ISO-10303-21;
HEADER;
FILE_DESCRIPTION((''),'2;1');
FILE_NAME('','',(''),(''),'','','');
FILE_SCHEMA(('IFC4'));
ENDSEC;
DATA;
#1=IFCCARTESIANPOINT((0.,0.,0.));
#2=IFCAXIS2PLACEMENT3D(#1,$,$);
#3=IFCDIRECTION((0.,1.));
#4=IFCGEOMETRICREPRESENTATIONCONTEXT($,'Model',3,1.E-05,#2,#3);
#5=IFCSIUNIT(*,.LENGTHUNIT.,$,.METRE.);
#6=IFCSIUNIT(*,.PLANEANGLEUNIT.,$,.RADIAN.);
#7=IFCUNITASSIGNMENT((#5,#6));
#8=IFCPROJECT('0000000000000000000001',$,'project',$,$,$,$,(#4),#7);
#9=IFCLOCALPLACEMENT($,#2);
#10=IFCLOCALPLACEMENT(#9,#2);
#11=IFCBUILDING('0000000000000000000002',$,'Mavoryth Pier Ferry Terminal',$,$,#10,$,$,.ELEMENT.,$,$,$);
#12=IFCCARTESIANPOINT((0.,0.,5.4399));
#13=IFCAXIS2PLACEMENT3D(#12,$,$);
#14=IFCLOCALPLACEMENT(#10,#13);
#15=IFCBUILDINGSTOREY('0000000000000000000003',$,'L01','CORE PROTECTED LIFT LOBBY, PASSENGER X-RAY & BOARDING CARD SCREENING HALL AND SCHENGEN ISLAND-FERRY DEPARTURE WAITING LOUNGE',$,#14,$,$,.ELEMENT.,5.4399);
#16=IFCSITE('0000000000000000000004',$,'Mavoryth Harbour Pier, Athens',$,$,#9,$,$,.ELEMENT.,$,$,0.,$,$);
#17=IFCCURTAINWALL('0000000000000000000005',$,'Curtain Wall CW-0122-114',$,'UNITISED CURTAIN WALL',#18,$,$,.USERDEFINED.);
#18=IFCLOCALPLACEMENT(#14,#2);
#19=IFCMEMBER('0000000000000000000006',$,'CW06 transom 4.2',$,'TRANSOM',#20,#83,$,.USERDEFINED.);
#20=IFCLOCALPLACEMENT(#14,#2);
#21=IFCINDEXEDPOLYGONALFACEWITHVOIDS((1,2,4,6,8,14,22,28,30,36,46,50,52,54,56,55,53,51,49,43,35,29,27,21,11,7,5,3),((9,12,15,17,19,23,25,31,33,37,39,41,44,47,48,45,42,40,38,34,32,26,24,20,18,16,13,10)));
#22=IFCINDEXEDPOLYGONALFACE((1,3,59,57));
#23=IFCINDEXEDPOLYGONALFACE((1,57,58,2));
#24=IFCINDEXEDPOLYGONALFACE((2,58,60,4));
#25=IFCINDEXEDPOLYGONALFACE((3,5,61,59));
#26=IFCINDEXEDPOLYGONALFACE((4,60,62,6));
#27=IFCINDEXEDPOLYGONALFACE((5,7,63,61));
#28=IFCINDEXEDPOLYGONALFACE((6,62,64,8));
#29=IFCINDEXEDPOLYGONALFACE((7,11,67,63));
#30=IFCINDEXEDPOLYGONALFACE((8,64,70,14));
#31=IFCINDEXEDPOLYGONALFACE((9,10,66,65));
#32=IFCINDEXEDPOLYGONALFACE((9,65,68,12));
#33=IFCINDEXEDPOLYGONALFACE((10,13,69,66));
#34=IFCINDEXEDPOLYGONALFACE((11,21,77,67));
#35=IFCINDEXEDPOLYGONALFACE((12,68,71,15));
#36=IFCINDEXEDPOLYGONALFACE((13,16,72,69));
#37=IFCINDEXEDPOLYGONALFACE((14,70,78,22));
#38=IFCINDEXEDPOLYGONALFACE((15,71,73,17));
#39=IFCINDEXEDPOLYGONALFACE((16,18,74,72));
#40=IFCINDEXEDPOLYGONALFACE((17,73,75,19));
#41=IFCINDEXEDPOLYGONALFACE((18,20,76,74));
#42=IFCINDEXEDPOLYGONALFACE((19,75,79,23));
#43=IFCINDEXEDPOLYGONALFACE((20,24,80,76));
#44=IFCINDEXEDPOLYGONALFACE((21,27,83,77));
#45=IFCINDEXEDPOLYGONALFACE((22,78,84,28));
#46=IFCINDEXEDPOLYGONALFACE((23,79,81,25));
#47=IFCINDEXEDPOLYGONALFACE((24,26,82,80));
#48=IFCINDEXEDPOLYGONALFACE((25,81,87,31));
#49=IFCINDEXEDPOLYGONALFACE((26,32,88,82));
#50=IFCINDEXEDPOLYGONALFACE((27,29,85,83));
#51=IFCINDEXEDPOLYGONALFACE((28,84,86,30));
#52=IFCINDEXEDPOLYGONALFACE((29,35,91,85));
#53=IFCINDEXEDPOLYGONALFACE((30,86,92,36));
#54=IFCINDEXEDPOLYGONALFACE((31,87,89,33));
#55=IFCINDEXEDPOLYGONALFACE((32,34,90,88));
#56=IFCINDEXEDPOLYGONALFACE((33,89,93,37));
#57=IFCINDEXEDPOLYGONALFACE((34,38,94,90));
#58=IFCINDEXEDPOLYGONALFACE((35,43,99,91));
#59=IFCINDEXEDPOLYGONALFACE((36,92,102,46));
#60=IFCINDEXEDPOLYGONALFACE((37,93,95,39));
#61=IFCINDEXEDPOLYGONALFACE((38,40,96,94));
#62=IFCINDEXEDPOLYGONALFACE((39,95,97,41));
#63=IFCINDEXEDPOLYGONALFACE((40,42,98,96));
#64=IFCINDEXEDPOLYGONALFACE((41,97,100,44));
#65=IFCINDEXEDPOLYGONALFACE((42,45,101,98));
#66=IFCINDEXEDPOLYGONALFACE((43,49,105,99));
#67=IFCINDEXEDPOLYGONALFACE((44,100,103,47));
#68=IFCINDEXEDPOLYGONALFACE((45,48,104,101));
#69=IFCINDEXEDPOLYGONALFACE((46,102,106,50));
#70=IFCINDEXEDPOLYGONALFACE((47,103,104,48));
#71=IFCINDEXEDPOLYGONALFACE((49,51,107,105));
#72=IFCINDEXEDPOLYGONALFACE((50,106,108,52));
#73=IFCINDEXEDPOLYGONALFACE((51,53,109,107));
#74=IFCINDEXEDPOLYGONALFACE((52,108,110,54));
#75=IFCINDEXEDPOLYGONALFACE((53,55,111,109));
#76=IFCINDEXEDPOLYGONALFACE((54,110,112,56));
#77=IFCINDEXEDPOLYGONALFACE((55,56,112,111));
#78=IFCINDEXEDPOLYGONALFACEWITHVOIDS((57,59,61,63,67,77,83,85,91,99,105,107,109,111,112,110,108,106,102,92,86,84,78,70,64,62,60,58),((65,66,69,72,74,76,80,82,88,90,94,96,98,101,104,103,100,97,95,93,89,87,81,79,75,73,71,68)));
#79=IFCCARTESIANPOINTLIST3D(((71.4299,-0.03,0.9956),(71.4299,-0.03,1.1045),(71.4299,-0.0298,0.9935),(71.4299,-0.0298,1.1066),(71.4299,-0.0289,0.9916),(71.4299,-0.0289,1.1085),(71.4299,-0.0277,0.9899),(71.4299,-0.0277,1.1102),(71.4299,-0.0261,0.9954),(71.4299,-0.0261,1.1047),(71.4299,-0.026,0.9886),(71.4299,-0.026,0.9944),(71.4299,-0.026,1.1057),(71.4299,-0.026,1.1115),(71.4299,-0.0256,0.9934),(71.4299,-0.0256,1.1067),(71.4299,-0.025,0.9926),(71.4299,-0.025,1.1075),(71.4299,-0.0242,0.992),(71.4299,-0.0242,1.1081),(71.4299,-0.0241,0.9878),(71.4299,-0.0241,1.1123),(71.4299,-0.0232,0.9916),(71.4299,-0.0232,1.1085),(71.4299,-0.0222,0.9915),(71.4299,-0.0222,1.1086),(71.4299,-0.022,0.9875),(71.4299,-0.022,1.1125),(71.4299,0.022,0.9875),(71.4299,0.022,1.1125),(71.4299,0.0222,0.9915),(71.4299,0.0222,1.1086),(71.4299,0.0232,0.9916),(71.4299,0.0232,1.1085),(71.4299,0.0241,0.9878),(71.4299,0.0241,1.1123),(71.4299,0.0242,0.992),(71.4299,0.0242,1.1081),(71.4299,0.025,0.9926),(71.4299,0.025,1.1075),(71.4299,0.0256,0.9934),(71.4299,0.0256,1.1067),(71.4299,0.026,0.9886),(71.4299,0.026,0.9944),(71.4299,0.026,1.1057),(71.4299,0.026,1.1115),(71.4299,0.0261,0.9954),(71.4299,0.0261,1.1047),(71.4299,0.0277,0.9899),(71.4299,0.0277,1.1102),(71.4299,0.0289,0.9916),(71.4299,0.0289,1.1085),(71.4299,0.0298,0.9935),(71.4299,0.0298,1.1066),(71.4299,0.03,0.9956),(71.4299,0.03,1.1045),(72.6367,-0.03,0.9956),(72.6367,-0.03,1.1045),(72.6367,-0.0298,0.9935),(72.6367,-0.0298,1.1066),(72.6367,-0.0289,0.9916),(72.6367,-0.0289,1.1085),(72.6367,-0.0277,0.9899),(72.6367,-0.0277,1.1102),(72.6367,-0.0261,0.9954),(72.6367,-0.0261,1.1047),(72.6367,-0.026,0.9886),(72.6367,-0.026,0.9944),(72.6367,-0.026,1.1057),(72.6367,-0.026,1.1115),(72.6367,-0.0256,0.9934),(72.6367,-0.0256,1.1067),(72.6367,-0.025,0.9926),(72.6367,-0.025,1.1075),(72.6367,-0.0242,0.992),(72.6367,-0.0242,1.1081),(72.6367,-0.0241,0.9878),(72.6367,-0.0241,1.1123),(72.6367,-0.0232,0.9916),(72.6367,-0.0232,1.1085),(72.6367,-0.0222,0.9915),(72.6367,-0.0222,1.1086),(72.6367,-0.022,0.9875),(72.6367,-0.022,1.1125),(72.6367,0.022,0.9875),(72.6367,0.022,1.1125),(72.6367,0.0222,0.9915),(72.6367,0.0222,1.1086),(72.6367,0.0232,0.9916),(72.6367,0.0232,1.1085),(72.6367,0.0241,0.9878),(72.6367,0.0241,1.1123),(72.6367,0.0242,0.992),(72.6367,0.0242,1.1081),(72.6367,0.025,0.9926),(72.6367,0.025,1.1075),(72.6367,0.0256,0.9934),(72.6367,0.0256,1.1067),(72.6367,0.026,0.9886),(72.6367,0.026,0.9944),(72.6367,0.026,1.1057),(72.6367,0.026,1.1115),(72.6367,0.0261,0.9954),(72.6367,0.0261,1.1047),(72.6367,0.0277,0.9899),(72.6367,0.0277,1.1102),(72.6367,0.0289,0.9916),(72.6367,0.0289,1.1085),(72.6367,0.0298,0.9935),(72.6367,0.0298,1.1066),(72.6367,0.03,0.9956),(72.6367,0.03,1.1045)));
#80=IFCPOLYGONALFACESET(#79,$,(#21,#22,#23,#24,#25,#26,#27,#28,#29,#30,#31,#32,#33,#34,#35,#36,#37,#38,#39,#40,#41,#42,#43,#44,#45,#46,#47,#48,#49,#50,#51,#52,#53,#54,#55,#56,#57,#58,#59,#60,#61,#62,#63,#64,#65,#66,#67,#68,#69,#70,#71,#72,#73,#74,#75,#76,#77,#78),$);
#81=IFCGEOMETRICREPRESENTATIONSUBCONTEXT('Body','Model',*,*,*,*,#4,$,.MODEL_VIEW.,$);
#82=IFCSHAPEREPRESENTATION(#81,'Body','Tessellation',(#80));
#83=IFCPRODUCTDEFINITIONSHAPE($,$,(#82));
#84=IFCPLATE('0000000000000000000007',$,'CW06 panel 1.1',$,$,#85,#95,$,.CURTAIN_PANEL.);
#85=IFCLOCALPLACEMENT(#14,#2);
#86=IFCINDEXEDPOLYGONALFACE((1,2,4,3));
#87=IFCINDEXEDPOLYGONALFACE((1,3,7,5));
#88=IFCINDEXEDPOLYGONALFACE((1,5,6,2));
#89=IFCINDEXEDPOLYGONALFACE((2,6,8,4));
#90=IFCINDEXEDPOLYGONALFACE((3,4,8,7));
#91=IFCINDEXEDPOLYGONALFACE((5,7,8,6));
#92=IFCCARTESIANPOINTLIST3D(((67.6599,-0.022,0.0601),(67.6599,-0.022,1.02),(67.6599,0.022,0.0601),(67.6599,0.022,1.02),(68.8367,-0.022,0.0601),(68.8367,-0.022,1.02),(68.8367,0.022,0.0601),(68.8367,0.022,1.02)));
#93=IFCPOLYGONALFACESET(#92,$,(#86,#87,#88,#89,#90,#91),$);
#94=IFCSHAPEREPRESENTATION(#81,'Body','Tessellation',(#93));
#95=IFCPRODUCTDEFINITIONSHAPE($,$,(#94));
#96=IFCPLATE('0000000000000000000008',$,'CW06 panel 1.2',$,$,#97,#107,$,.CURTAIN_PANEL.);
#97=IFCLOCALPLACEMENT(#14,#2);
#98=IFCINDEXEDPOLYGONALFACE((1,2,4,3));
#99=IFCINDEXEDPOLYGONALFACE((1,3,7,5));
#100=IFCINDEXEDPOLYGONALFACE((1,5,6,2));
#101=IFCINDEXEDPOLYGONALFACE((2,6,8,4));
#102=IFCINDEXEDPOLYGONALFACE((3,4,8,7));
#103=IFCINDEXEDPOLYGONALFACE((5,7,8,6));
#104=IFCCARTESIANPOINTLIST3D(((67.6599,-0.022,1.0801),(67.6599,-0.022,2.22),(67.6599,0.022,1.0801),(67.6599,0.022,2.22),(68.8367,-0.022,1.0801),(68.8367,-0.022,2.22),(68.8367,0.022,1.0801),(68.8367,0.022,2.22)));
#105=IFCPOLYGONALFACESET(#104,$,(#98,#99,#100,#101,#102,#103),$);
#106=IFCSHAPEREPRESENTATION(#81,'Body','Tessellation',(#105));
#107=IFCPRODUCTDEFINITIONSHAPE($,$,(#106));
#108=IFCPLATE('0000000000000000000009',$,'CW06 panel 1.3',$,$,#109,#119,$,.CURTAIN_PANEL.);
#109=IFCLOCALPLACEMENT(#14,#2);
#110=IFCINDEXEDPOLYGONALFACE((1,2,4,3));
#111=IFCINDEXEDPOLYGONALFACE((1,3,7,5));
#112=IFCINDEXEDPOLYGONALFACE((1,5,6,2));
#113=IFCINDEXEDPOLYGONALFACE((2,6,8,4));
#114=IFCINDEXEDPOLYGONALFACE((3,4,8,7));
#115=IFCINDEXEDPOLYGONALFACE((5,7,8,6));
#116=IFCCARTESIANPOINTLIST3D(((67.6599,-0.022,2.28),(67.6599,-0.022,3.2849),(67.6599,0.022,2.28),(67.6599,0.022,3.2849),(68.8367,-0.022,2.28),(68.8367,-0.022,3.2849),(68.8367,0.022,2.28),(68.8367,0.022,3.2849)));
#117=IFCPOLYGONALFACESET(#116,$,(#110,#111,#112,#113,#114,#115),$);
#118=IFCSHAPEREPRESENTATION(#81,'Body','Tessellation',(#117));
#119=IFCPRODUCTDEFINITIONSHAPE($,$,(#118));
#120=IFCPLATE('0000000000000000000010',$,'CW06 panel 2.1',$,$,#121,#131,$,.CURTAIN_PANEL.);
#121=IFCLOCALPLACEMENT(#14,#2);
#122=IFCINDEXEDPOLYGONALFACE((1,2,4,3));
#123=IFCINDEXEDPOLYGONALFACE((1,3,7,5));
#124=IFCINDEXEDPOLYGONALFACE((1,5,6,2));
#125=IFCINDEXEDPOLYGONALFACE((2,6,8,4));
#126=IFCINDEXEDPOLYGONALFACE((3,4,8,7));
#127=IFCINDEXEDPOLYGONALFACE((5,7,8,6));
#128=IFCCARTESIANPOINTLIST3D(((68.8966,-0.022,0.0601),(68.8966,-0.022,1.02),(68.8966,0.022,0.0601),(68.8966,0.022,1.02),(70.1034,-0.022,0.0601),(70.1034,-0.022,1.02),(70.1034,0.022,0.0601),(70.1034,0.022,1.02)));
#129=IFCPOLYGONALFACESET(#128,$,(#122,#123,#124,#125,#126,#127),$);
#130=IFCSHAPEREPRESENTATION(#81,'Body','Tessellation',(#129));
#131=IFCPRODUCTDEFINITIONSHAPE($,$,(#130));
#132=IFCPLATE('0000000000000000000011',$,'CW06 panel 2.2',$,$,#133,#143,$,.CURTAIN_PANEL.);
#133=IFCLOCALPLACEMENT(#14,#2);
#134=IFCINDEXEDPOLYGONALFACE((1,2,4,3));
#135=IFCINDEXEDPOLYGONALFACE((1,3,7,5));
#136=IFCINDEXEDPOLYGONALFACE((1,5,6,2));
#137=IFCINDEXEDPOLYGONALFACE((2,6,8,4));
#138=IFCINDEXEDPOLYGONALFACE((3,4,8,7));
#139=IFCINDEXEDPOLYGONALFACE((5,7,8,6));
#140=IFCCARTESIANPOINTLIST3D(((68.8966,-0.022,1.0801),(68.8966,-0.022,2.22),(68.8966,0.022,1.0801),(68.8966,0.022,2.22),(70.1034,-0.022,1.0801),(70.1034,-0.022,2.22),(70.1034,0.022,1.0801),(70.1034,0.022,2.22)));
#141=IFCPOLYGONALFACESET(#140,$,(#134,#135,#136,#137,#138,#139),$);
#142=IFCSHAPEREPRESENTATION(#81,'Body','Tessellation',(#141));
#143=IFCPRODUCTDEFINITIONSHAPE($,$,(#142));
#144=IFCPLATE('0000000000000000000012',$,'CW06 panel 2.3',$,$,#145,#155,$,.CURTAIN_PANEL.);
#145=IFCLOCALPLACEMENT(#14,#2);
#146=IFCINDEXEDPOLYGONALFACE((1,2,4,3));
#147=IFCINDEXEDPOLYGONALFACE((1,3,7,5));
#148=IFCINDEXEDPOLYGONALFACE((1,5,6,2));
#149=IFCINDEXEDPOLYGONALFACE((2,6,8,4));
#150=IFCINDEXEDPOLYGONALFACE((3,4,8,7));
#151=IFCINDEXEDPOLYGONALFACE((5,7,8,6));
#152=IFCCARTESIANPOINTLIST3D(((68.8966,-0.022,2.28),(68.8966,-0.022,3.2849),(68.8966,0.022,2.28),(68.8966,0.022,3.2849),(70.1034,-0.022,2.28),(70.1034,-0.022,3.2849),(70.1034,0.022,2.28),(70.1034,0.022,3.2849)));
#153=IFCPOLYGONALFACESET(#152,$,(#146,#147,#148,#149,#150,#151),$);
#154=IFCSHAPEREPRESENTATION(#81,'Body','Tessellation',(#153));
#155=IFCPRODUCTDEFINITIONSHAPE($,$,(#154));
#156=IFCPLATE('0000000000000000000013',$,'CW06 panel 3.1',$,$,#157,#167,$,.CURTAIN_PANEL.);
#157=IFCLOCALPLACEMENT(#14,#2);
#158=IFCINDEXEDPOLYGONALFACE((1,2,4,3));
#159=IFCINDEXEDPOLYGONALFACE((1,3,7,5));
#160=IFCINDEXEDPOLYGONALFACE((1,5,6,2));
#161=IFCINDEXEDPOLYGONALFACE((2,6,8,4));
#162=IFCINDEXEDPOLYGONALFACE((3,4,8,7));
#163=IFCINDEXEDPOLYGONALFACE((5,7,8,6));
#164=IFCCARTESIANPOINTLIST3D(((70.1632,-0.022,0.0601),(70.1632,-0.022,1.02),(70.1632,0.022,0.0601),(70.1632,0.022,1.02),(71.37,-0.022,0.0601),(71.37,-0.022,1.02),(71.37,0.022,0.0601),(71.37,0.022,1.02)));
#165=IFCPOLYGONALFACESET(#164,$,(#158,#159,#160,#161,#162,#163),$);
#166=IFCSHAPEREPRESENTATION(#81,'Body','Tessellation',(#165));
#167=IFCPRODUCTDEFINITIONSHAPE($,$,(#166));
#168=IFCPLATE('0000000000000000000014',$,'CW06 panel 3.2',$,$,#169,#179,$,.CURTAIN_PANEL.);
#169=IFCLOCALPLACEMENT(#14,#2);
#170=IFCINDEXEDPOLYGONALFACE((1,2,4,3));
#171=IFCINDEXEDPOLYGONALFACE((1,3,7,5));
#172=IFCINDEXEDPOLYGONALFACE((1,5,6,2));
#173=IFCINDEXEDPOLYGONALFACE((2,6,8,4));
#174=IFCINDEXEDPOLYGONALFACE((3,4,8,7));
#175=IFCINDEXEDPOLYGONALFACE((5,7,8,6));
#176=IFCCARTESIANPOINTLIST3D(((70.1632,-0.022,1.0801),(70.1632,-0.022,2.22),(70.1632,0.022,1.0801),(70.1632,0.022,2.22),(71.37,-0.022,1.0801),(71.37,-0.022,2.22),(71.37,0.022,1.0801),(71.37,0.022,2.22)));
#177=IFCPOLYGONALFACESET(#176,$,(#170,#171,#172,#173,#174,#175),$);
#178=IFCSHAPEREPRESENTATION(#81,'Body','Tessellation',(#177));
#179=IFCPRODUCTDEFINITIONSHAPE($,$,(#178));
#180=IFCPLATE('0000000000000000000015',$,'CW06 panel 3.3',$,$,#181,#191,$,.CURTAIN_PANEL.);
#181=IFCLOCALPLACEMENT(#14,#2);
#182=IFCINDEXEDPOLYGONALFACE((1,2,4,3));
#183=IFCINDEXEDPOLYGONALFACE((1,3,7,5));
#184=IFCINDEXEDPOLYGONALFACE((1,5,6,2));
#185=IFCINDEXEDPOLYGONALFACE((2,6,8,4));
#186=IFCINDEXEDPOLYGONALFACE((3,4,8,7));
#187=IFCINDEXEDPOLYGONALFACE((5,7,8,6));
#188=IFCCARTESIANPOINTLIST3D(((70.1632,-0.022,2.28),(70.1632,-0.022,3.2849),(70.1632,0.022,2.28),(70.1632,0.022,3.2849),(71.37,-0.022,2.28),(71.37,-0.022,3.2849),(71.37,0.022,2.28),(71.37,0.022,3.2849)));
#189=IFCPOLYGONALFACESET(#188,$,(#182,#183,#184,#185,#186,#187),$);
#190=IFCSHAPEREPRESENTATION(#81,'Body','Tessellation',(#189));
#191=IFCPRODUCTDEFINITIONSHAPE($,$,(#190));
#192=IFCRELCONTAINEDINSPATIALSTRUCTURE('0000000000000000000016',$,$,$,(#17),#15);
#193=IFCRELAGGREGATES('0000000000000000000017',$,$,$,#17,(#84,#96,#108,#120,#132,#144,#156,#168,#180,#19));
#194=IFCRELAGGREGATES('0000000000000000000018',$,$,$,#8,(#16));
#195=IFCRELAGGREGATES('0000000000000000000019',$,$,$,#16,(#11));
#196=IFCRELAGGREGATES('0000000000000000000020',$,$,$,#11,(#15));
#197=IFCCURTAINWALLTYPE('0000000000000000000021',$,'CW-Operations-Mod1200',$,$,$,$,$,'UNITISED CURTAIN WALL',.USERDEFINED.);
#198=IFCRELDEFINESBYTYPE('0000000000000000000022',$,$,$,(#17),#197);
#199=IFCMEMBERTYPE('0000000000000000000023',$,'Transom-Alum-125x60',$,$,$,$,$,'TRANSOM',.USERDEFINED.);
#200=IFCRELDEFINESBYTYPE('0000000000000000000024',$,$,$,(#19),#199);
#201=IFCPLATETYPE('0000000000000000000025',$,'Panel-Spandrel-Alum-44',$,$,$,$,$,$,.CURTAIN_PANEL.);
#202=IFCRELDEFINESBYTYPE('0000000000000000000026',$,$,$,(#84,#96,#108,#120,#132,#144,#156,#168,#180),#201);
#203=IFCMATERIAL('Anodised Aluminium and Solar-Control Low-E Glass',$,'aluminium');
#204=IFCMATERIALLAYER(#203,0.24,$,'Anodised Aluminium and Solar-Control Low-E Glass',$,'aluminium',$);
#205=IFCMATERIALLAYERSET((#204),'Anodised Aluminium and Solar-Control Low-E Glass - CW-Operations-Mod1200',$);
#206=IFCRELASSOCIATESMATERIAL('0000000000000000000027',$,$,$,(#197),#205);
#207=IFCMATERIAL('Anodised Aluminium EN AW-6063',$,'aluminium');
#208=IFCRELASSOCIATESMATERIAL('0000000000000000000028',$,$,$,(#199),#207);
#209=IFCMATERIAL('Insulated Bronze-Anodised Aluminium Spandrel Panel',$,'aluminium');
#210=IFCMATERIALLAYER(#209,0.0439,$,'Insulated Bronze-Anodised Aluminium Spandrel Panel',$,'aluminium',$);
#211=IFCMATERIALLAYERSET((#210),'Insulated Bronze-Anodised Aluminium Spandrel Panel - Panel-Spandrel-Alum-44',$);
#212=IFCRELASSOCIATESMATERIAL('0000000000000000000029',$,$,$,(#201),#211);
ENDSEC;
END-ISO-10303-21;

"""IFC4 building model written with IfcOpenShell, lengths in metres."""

from ifc_helpers import new_model, si_unit, direction, frame, origin, origin_2d, place, context, subcontext, project, spatial, rectangle, hollow_rectangle, extrude, material, layer, layer_set, material_profile, profile_set, type_object, element, aggregate, save


model = new_model("IFC4")

# Units and contexts
model_context = context("Model", 3, precision=1e-05, world=origin(), true_north=direction((0.0, 1.0)))
body_context = subcontext(model_context, "Body", "Model", "MODEL_VIEW")
ifc_project = project(units=[si_unit("LENGTHUNIT", "METRE"), si_unit("PLANEANGLEUNIT", "RADIAN")], contexts=[model_context])

# Site, building, storey
site_placement = place(None, origin())
site = spatial("IfcSite", under=ifc_project, at=site_placement, Name="Mavoryth Harbour Pier, Athens", CompositionType="ELEMENT", RefElevation=0.0)
building_placement = place(site_placement, origin())
building = spatial("IfcBuilding", under=site, at=building_placement, Name="Mavoryth Pier Ferry Terminal", CompositionType="ELEMENT")
storey_placement = place(building_placement, frame((0.0, 0.0, 5.4399)))
storey = spatial("IfcBuildingStorey", under=building, at=storey_placement, Name="L01", Description="CORE PROTECTED LIFT LOBBY, PASSENGER X-RAY & BOARDING CARD SCREENING HALL AND SCHENGEN ISLAND-FERRY DEPARTURE WAITING LOUNGE", CompositionType="ELEMENT", Elevation=5.4399)

# Curtain wall
ifc_material_1 = material(Name="Anodised Aluminium and Solar-Control Low-E Glass", Category="aluminium")
ifc_layer_1 = layer(ifc_material_1, 0.24, Name="Anodised Aluminium and Solar-Control Low-E Glass", Category="aluminium")
ifc_layer_set_1 = layer_set([ifc_layer_1], Name="Anodised Aluminium and Solar-Control Low-E Glass - CW-Operations-Mod1200")
curtain_wall_type = type_object("IfcCurtainWallType", Name="CW-Operations-Mod1200", ElementType="UNITISED CURTAIN WALL", PredefinedType="USERDEFINED", material=ifc_layer_set_1)
curtain_wall_placement = place(storey_placement, origin())
curtain_wall = element("IfcCurtainWall", 1, at=curtain_wall_placement, inside=storey, type_object=curtain_wall_type, Name="Curtain Wall CW-0122-114", ObjectType="UNITISED CURTAIN WALL", PredefinedType="USERDEFINED")
ifc_material_2 = material(Name="Anodised Aluminium EN AW-6063", Category="aluminium")

# Member
ifc_material_profile_1 = material_profile(ifc_material_2, hollow_rectangle(XDim=0.0601, YDim=0.125, WallThickness=0.0039, InnerFilletRadius=0.0039, OuterFilletRadius=0.0081, at=origin_2d()), Name="AL-TRAN 125x60x4", Category="aluminium")
ifc_profile_set_1 = profile_set([ifc_material_profile_1], Name="Anodised Aluminium EN AW-6063 - AL-TRAN 125x60x4")
member_type_1 = type_object("IfcMemberType", Name="Transom-Alum-125x60", ElementType="TRANSOM", PredefinedType="USERDEFINED", material=ifc_profile_set_1)
member_1_placement = place(storey_placement, frame((71.4299, 0.0, 1.05), z_axis=(1.0, 0.0, 0.0), x_axis=(0.0, 1.0, 0.0)))
member_1 = element("IfcMember", 2, at=member_1_placement, type_object=member_type_1, Name="CW06 transom 4.2", ObjectType="TRANSOM", PredefinedType="USERDEFINED", context=body_context, shape_type="SweptSolid", body=[
    extrude(hollow_rectangle(XDim=0.0601, YDim=0.125, WallThickness=0.0039, InnerFilletRadius=0.0039, OuterFilletRadius=0.0081, at=origin_2d()), origin(), (0.0, 0.0, 1.0), 1.2068),
])

# Plates
ifc_material_3 = material(Name="Insulated Bronze-Anodised Aluminium Spandrel Panel", Category="aluminium")
ifc_layer_2 = layer(ifc_material_3, 0.0439, Name="Insulated Bronze-Anodised Aluminium Spandrel Panel", Category="aluminium")
ifc_layer_set_2 = layer_set([ifc_layer_2], Name="Insulated Bronze-Anodised Aluminium Spandrel Panel - Panel-Spandrel-Alum-44")
plate_type = type_object("IfcPlateType", Name="Panel-Spandrel-Alum-44", PredefinedType="CURTAIN_PANEL", material=ifc_layer_set_2)
plate_1_placement = place(storey_placement, frame((68.2483, 0.0, 0.0601), z_axis=(0.0, 0.0, 1.0), x_axis=(1.0, 0.0, 0.0)))
plate_1 = element("IfcPlate", 3, at=plate_1_placement, type_object=plate_type, Name="CW06 panel 1.1", PredefinedType="CURTAIN_PANEL", context=body_context, shape_type="SweptSolid", body=[
    extrude(rectangle(XDim=1.1768, YDim=0.0439, at=origin_2d()), origin(), (0.0, 0.0, 1.0), 0.96),
])
plate_2_placement = place(storey_placement, frame((68.2483, 0.0, 1.0801), z_axis=(0.0, 0.0, 1.0), x_axis=(1.0, 0.0, 0.0)))
plate_2 = element("IfcPlate", 4, at=plate_2_placement, type_object=plate_type, Name="CW06 panel 1.2", PredefinedType="CURTAIN_PANEL", context=body_context, shape_type="SweptSolid", body=[
    extrude(rectangle(XDim=1.1768, YDim=0.0439, at=origin_2d()), origin(), (0.0, 0.0, 1.0), 1.1399),
])
plate_3_placement = place(storey_placement, frame((68.2483, 0.0, 2.28), z_axis=(0.0, 0.0, 1.0), x_axis=(1.0, 0.0, 0.0)))
plate_3 = element("IfcPlate", 5, at=plate_3_placement, type_object=plate_type, Name="CW06 panel 1.3", PredefinedType="CURTAIN_PANEL", context=body_context, shape_type="SweptSolid", body=[
    extrude(rectangle(XDim=1.1768, YDim=0.0439, at=origin_2d()), origin(), (0.0, 0.0, 1.0), 1.0049),
])
plate_4_placement = place(storey_placement, frame((69.5, 0.0, 0.0601), z_axis=(0.0, 0.0, 1.0), x_axis=(1.0, 0.0, 0.0)))
plate_4 = element("IfcPlate", 6, at=plate_4_placement, type_object=plate_type, Name="CW06 panel 2.1", PredefinedType="CURTAIN_PANEL", context=body_context, shape_type="SweptSolid", body=[
    extrude(rectangle(XDim=1.2068, YDim=0.0439, at=origin_2d()), origin(), (0.0, 0.0, 1.0), 0.96),
])
plate_5_placement = place(storey_placement, frame((69.5, 0.0, 1.0801), z_axis=(0.0, 0.0, 1.0), x_axis=(1.0, 0.0, 0.0)))
plate_5 = element("IfcPlate", 7, at=plate_5_placement, type_object=plate_type, Name="CW06 panel 2.2", PredefinedType="CURTAIN_PANEL", context=body_context, shape_type="SweptSolid", body=[
    extrude(rectangle(XDim=1.2068, YDim=0.0439, at=origin_2d()), origin(), (0.0, 0.0, 1.0), 1.1399),
])
plate_6_placement = place(storey_placement, frame((69.5, 0.0, 2.28), z_axis=(0.0, 0.0, 1.0), x_axis=(1.0, 0.0, 0.0)))
plate_6 = element("IfcPlate", 8, at=plate_6_placement, type_object=plate_type, Name="CW06 panel 2.3", PredefinedType="CURTAIN_PANEL", context=body_context, shape_type="SweptSolid", body=[
    extrude(rectangle(XDim=1.2068, YDim=0.0439, at=origin_2d()), origin(), (0.0, 0.0, 1.0), 1.0049),
])
plate_7_placement = place(storey_placement, frame((70.7666, 0.0, 0.0601), z_axis=(0.0, 0.0, 1.0), x_axis=(1.0, 0.0, 0.0)))
plate_7 = element("IfcPlate", 9, at=plate_7_placement, type_object=plate_type, Name="CW06 panel 3.1", PredefinedType="CURTAIN_PANEL", context=body_context, shape_type="SweptSolid", body=[
    extrude(rectangle(XDim=1.2068, YDim=0.0439, at=origin_2d()), origin(), (0.0, 0.0, 1.0), 0.96),
])
plate_8_placement = place(storey_placement, frame((70.7666, 0.0, 1.0801), z_axis=(0.0, 0.0, 1.0), x_axis=(1.0, 0.0, 0.0)))
plate_8 = element("IfcPlate", 10, at=plate_8_placement, type_object=plate_type, Name="CW06 panel 3.2", PredefinedType="CURTAIN_PANEL", context=body_context, shape_type="SweptSolid", body=[
    extrude(rectangle(XDim=1.2068, YDim=0.0439, at=origin_2d()), origin(), (0.0, 0.0, 1.0), 1.1399),
])
plate_9_placement = place(storey_placement, frame((70.7666, 0.0, 2.28), z_axis=(0.0, 0.0, 1.0), x_axis=(1.0, 0.0, 0.0)))
plate_9 = element("IfcPlate", 11, at=plate_9_placement, type_object=plate_type, Name="CW06 panel 3.3", PredefinedType="CURTAIN_PANEL", context=body_context, shape_type="SweptSolid", body=[
    extrude(rectangle(XDim=1.2068, YDim=0.0439, at=origin_2d()), origin(), (0.0, 0.0, 1.0), 1.0049),
])
aggregate(curtain_wall, [plate_1, plate_2, plate_3, plate_4, plate_5, plate_6, plate_7, plate_8, plate_9, member_1])

save(model, "model.ifc")
